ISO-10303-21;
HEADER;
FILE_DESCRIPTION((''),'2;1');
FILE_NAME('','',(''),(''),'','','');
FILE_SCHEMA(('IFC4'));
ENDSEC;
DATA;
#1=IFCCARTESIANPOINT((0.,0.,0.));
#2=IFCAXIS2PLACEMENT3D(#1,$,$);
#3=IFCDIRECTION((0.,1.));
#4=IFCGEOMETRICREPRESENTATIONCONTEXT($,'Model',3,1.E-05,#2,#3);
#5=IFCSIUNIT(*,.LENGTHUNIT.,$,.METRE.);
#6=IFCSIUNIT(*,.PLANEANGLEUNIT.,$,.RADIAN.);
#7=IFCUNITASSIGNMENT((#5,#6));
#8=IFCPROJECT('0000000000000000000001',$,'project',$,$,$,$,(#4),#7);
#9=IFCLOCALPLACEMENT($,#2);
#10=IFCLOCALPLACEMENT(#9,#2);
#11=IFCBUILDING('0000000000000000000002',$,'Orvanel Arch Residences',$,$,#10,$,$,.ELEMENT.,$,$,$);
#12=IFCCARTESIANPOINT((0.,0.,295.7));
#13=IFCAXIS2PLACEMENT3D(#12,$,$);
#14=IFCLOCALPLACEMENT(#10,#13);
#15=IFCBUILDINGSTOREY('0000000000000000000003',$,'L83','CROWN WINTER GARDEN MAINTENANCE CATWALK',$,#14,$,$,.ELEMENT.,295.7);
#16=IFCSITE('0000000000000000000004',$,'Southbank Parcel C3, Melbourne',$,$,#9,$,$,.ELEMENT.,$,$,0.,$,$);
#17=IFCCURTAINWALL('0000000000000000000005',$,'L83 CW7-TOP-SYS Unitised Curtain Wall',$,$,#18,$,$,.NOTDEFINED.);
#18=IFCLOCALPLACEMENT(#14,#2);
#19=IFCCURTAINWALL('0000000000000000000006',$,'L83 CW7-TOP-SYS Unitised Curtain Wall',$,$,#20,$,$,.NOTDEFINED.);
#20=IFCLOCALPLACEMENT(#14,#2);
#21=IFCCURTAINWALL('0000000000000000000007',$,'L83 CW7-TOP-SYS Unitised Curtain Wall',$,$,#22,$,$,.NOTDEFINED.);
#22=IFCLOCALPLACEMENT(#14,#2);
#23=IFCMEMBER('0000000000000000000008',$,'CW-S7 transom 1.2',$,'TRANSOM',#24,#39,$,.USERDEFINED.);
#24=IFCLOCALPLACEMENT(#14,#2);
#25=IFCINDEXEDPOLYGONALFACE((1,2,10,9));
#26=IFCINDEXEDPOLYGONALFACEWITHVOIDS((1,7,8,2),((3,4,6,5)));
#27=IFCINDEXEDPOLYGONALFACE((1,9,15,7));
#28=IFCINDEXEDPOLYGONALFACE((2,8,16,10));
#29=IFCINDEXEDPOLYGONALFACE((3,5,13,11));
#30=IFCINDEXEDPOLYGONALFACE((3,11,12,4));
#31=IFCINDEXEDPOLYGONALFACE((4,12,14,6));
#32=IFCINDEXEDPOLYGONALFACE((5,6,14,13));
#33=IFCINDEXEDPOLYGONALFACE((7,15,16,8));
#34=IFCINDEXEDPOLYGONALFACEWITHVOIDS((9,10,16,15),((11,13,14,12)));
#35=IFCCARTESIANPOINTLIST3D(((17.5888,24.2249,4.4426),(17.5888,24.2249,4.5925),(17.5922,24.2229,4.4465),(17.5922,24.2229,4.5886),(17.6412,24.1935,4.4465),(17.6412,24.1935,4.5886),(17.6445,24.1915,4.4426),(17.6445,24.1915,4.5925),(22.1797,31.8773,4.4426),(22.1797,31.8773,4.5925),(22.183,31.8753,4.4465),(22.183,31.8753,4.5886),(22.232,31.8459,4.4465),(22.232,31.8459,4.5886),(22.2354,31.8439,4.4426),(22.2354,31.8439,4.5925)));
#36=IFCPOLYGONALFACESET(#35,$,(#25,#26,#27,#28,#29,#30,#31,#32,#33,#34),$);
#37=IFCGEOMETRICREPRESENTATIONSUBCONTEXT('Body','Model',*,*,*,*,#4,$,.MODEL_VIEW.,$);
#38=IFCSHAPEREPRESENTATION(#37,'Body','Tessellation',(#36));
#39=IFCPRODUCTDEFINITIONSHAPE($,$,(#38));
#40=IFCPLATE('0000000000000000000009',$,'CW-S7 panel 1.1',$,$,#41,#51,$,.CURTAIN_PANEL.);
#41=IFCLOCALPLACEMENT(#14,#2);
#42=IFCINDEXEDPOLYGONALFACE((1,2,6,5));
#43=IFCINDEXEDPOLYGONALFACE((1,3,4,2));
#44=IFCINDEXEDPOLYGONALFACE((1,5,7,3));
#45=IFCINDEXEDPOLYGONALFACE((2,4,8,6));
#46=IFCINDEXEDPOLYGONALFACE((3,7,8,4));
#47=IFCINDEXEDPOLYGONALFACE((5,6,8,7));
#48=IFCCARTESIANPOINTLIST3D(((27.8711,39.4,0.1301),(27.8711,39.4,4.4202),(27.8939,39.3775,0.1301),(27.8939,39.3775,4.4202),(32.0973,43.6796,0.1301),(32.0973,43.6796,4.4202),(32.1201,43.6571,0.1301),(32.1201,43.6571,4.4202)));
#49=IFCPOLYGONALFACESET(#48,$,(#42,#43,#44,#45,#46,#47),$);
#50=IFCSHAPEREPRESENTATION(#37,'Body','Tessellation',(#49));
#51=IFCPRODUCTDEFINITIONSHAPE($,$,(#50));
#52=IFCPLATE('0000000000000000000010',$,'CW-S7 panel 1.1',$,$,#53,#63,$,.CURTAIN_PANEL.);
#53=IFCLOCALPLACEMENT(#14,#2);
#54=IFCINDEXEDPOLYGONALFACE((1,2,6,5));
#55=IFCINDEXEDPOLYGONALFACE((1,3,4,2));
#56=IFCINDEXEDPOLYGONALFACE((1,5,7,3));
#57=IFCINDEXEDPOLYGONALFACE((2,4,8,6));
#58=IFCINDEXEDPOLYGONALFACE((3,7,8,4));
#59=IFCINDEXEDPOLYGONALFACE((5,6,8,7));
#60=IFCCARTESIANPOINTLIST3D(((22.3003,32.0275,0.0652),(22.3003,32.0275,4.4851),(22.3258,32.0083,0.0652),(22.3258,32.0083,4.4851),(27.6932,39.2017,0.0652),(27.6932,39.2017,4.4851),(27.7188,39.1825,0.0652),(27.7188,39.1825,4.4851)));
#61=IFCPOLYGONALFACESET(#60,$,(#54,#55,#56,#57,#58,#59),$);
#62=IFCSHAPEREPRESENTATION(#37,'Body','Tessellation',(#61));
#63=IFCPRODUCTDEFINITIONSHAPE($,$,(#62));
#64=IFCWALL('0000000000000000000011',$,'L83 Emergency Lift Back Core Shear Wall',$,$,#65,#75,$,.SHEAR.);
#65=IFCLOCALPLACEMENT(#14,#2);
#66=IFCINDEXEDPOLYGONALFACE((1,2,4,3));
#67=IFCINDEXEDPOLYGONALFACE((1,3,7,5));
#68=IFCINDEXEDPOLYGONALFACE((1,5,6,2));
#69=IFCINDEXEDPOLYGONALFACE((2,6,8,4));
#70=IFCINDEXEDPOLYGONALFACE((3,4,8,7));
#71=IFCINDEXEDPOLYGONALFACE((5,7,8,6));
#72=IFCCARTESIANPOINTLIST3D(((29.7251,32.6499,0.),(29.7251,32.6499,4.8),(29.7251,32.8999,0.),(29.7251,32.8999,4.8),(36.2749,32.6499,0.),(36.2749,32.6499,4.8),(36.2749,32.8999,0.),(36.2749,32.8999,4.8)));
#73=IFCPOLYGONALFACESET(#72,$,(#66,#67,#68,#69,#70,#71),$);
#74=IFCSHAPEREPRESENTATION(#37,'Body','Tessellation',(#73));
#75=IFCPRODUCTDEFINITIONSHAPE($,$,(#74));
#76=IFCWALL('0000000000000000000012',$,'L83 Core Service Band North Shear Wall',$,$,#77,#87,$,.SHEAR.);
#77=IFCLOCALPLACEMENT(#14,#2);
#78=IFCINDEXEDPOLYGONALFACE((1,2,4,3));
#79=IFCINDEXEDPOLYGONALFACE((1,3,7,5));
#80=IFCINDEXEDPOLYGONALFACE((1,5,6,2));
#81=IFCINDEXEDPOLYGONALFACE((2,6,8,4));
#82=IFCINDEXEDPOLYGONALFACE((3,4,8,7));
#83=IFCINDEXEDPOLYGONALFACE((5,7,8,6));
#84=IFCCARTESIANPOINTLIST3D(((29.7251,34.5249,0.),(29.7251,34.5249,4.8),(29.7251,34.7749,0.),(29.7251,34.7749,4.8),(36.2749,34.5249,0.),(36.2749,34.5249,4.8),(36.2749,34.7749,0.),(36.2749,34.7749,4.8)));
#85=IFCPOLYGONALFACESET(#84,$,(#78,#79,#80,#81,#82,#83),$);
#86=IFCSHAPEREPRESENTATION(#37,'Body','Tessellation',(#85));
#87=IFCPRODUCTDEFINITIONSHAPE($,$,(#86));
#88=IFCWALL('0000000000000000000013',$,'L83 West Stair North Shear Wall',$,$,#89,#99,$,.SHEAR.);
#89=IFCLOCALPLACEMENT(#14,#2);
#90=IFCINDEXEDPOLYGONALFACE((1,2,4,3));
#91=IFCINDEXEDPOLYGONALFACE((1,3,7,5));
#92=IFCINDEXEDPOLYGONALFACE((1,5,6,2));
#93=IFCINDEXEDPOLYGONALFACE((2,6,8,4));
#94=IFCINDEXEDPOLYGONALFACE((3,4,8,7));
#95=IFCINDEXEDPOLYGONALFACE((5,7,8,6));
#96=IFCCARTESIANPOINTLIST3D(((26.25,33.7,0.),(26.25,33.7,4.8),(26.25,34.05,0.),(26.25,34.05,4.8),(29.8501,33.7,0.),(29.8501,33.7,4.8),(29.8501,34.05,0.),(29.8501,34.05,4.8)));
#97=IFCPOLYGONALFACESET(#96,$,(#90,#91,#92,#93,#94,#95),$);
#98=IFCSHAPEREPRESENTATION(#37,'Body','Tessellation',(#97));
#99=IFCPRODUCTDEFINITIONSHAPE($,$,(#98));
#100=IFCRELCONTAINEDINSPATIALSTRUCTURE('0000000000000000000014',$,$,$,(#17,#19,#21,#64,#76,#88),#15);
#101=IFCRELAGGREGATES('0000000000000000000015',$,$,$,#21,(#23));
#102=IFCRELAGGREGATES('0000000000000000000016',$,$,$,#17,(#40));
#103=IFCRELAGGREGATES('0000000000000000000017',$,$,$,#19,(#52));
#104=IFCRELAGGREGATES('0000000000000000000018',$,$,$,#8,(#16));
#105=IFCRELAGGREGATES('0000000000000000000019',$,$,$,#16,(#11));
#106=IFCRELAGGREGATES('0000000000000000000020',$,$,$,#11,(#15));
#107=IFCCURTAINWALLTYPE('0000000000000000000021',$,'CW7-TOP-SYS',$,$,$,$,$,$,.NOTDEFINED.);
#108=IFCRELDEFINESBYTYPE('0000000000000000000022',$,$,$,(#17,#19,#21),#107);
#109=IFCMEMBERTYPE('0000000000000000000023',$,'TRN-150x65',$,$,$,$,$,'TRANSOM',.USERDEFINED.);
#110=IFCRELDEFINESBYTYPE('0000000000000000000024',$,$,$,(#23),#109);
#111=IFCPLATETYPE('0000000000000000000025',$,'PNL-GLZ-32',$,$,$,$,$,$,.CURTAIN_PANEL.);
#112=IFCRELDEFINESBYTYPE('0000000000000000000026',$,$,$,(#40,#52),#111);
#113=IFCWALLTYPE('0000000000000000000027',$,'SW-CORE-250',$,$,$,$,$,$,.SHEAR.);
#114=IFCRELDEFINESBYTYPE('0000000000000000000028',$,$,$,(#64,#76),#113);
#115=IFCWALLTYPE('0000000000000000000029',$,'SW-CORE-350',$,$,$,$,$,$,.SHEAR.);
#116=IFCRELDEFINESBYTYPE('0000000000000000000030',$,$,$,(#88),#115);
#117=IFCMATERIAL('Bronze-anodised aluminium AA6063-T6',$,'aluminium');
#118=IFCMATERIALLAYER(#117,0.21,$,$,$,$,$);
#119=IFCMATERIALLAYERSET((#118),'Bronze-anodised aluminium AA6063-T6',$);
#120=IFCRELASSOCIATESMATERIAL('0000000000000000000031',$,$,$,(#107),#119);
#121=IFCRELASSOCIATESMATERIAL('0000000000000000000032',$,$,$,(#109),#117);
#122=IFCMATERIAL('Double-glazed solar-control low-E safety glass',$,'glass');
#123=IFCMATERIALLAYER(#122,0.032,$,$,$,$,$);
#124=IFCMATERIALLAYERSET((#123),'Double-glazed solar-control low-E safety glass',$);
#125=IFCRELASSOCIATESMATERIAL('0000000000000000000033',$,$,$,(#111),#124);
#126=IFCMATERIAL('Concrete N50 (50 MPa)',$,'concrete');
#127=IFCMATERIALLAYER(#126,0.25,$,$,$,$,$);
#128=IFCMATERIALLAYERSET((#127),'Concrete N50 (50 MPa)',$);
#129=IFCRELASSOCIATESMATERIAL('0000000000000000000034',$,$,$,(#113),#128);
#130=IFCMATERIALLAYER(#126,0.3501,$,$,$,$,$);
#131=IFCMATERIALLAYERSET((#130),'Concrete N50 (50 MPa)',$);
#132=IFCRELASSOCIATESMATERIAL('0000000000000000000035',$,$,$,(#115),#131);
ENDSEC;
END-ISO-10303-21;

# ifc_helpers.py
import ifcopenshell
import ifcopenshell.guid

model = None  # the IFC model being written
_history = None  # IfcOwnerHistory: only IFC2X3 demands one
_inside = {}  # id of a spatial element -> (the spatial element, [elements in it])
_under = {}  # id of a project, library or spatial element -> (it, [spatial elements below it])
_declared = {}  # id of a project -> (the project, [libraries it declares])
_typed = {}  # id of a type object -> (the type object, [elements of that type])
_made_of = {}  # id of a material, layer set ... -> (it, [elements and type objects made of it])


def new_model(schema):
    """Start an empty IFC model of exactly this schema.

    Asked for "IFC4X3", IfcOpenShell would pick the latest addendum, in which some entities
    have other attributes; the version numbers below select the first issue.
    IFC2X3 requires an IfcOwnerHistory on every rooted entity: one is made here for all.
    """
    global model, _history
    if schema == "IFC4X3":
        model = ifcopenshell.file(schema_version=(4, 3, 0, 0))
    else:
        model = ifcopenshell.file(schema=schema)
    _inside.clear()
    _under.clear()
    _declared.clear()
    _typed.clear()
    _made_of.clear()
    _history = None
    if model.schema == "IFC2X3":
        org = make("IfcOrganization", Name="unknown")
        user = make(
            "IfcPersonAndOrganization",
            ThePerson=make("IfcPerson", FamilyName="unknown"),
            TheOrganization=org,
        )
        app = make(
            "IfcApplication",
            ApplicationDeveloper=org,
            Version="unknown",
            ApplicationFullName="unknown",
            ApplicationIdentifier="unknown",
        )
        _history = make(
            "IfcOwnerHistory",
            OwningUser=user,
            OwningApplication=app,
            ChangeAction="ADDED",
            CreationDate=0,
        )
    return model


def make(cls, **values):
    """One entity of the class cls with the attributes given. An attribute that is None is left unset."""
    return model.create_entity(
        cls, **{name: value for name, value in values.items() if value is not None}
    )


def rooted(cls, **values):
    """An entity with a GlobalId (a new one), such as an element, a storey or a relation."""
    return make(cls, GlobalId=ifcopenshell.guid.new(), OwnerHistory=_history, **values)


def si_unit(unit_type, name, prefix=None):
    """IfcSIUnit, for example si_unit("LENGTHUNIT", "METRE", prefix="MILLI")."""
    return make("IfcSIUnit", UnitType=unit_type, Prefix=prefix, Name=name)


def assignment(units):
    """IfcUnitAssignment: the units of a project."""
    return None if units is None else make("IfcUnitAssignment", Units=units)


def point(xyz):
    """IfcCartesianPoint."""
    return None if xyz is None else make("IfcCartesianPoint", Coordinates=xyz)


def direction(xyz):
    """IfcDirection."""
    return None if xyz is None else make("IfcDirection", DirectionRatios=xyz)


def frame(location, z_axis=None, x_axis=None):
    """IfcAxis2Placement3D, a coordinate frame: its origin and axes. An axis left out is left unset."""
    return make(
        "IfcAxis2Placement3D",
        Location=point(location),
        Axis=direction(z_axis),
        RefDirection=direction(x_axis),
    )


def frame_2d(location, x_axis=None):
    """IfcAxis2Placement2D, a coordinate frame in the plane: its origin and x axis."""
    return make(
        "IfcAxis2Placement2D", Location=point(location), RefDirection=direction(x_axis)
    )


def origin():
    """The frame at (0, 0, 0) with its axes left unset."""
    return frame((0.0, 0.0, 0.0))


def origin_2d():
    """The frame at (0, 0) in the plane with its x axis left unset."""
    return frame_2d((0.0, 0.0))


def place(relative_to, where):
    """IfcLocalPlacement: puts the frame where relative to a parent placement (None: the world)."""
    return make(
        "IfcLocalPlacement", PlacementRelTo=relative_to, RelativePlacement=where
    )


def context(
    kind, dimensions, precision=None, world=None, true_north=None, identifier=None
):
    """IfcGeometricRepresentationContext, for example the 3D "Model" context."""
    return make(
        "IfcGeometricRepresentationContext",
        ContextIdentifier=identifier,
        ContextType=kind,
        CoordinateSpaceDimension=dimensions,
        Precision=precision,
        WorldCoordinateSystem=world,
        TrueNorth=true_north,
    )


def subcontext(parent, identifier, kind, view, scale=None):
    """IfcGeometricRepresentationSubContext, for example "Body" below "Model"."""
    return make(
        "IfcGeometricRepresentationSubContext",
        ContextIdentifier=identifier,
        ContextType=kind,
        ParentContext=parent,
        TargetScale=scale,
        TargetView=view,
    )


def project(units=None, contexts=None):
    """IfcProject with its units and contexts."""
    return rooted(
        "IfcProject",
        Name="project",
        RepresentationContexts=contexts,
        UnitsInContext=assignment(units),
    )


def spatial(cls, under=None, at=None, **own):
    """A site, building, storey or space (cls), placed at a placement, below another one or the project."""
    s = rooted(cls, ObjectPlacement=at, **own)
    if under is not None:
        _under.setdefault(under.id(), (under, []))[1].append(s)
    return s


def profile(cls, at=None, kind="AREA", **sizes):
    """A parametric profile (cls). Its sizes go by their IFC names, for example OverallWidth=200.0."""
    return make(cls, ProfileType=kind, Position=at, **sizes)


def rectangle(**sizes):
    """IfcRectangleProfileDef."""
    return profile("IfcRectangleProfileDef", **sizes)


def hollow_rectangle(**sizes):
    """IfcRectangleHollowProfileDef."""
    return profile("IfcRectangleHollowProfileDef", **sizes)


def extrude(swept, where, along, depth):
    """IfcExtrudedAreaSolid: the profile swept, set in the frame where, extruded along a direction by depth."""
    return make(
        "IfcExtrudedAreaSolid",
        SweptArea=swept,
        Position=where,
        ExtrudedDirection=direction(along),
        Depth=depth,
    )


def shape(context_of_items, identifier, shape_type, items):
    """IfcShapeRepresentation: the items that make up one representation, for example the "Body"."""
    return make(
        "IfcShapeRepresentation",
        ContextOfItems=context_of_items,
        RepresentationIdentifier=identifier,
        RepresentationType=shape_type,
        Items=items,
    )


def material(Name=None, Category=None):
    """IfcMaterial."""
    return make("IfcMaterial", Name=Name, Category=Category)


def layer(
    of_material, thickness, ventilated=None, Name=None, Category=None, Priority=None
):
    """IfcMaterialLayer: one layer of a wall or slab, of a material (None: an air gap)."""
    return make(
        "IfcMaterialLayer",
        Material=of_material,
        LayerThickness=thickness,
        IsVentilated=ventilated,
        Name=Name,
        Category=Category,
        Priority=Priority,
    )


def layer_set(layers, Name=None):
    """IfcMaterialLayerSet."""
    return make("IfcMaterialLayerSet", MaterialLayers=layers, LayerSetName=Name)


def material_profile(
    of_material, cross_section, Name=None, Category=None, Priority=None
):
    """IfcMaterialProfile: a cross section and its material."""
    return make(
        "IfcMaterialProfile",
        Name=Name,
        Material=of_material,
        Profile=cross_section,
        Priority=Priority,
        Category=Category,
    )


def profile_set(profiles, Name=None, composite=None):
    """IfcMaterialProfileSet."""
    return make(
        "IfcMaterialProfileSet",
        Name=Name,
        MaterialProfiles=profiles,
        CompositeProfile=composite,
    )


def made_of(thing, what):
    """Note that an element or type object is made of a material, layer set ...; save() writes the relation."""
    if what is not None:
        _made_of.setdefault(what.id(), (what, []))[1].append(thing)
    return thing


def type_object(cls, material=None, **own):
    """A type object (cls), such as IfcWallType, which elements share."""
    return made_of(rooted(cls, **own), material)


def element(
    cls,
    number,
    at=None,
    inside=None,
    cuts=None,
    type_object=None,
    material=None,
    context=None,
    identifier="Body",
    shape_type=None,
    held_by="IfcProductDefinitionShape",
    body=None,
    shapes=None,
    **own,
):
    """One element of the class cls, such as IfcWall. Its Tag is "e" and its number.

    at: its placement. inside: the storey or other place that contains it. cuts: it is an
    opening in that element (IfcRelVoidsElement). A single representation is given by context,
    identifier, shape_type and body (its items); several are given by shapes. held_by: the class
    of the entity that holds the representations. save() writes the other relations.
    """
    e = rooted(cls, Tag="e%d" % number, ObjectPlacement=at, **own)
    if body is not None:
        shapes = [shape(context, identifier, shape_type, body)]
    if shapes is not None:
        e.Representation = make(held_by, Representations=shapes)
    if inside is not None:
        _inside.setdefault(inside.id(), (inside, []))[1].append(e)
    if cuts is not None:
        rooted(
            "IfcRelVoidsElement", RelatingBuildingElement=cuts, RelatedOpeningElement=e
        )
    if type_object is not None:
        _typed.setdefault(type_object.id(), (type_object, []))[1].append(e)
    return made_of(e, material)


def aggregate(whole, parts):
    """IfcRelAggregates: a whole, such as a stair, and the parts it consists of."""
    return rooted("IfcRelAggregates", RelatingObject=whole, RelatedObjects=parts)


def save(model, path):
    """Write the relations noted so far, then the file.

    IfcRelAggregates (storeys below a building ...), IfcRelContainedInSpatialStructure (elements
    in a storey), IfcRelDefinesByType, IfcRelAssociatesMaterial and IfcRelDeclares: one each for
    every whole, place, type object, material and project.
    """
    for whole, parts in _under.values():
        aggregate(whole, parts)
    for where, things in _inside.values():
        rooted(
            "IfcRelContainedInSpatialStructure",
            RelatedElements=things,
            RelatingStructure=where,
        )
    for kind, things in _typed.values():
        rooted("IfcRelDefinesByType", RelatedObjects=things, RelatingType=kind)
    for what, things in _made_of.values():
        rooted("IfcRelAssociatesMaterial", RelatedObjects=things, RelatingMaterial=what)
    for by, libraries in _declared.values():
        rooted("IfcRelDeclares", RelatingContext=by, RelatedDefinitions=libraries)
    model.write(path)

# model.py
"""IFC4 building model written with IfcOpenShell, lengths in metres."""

from ifc_helpers import new_model, si_unit, direction, frame, frame_2d, origin, origin_2d, place, context, subcontext, project, spatial, rectangle, hollow_rectangle, extrude, material, layer, layer_set, material_profile, profile_set, type_object, element, aggregate, save


model = new_model("IFC4")

# Units and contexts
model_context = context("Model", 3, precision=1e-05, world=origin(), true_north=direction((0.0, 1.0)))
body_context = subcontext(model_context, "Body", "Model", "MODEL_VIEW")
ifc_project = project(units=[si_unit("LENGTHUNIT", "METRE"), si_unit("PLANEANGLEUNIT", "RADIAN")], contexts=[model_context])

# Site, building, storey
site_placement = place(None, origin())
site = spatial("IfcSite", under=ifc_project, at=site_placement, Name="Southbank Parcel C3, Melbourne", CompositionType="ELEMENT", RefElevation=0.0)
building_placement = place(site_placement, origin())
building = spatial("IfcBuilding", under=site, at=building_placement, Name="Orvanel Arch Residences", CompositionType="ELEMENT")
storey_placement = place(building_placement, frame((0.0, 0.0, 295.7)))
storey = spatial("IfcBuildingStorey", under=building, at=storey_placement, Name="L83", Description="CROWN WINTER GARDEN MAINTENANCE CATWALK", CompositionType="ELEMENT", Elevation=295.7)

# Shared definitions
ifc_material_1 = material(Name="Bronze-anodised aluminium AA6063-T6", Category="aluminium")
ifc_layer_1 = layer(ifc_material_1, 0.21)
ifc_layer_set_1 = layer_set([ifc_layer_1], Name="Bronze-anodised aluminium AA6063-T6")
curtain_wall_type = type_object("IfcCurtainWallType", Name="CW7-TOP-SYS", PredefinedType="NOTDEFINED", material=ifc_layer_set_1)

# Curtain walls
curtain_wall_1_placement = place(storey_placement, origin())
curtain_wall_1 = element("IfcCurtainWall", 1, at=curtain_wall_1_placement, inside=storey, type_object=curtain_wall_type, Name="L83 CW7-TOP-SYS Unitised Curtain Wall", PredefinedType="NOTDEFINED")
curtain_wall_2_placement = place(storey_placement, origin())
curtain_wall_2 = element("IfcCurtainWall", 2, at=curtain_wall_2_placement, inside=storey, type_object=curtain_wall_type, Name="L83 CW7-TOP-SYS Unitised Curtain Wall", PredefinedType="NOTDEFINED")

# Curtain wall
curtain_wall_3_placement = place(storey_placement, origin())
curtain_wall_3 = element("IfcCurtainWall", 3, at=curtain_wall_3_placement, inside=storey, type_object=curtain_wall_type, Name="L83 CW7-TOP-SYS Unitised Curtain Wall", PredefinedType="NOTDEFINED")

# Member
ifc_material_profile_1 = material_profile(ifc_material_1, hollow_rectangle(XDim=0.0649, YDim=0.1499, WallThickness=0.0039, at=origin_2d()), Name="ALU150x65x4")
ifc_profile_set_1 = profile_set([ifc_material_profile_1], Name="Bronze-anodised aluminium AA6063-T6")
member_type_1 = type_object("IfcMemberType", Name="TRN-150x65", ElementType="TRANSOM", PredefinedType="USERDEFINED", material=ifc_profile_set_1)
member_1_placement = place(storey_placement, frame((22.2075, 31.8606, 4.5176), z_axis=(-0.514447, -0.857522, 0.0), x_axis=(0.857522, -0.514447, 0.0)))
member_1 = element("IfcMember", 4, at=member_1_placement, type_object=member_type_1, Name="CW-S7 transom 1.2", ObjectType="TRANSOM", PredefinedType="USERDEFINED", context=body_context, shape_type="SweptSolid", body=[
    extrude(hollow_rectangle(XDim=0.0649, YDim=0.1499, WallThickness=0.0039, at=origin_2d()), origin(), (0.0, 0.0, 1.0), 8.9238),
])
aggregate(curtain_wall_3, [member_1])

# Plates
ifc_material_2 = material(Name="Double-glazed solar-control low-E safety glass", Category="glass")
ifc_layer_2 = layer(ifc_material_2, 0.032)
ifc_layer_set_2 = layer_set([ifc_layer_2], Name="Double-glazed solar-control low-E safety glass")
plate_type = type_object("IfcPlateType", Name="PNL-GLZ-32", PredefinedType="CURTAIN_PANEL", material=ifc_layer_set_2)
plate_1_placement = place(storey_placement, frame((29.9956, 41.5286, 0.1301), z_axis=(0.0, 0.0, 1.0), x_axis=(-0.702659, -0.711527, 0.0)))
plate_1 = element("IfcPlate", 5, at=plate_1_placement, type_object=plate_type, Name="CW-S7 panel 1.1", PredefinedType="CURTAIN_PANEL", context=body_context, shape_type="SweptSolid", body=[
    extrude(rectangle(XDim=6.0146, YDim=0.032, at=origin_2d()), origin(), (0.0, 0.0, 1.0), 4.29),
])
aggregate(curtain_wall_1, [plate_1])
plate_2_placement = place(storey_placement, frame((25.0095, 35.605, 0.0652), z_axis=(0.0, 0.0, 1.0), x_axis=(-0.600876, -0.799342, 0.0)))
plate_2 = element("IfcPlate", 6, at=plate_2_placement, type_object=plate_type, Name="CW-S7 panel 1.1", PredefinedType="CURTAIN_PANEL", context=body_context, shape_type="SweptSolid", body=[
    extrude(rectangle(XDim=8.9751, YDim=0.032, at=origin_2d()), origin(), (0.0, 0.0, 1.0), 4.4199),
])
aggregate(curtain_wall_2, [plate_2])

# Walls
ifc_material_3 = material(Name="Concrete N50 (50 MPa)", Category="concrete")
ifc_layer_3 = layer(ifc_material_3, 0.25)
ifc_layer_set_3 = layer_set([ifc_layer_3], Name="Concrete N50 (50 MPa)")
wall_type_1 = type_object("IfcWallType", Name="SW-CORE-250", PredefinedType="SHEAR", material=ifc_layer_set_3)
for number, where, z_axis, x_axis, name in (
    (7, (29.7251, 32.7749, 0.0), (0.0, 0.0, 1.0), (1.0, 0.0, 0.0), "L83 Emergency Lift Back Core Shear Wall"),
    (8, (29.7251, 34.6499, 0.0), (0.0, 0.0, 1.0), (1.0, 0.0, 0.0), "L83 Core Service Band North Shear Wall"),
):
    element("IfcWall", number, at=place(storey_placement, frame(where, z_axis=z_axis, x_axis=x_axis)), inside=storey, type_object=wall_type_1, Name=name, PredefinedType="SHEAR", context=body_context, shape_type="SweptSolid", body=[
        extrude(rectangle(XDim=6.5498, YDim=0.25, at=frame_2d((3.2749, 0.0))), origin(), (0.0, 0.0, 1.0), 4.8),
    ])
ifc_layer_4 = layer(ifc_material_3, 0.3501)
ifc_layer_set_4 = layer_set([ifc_layer_4], Name="Concrete N50 (50 MPa)")
wall_type_2 = type_object("IfcWallType", Name="SW-CORE-350", PredefinedType="SHEAR", material=ifc_layer_set_4)
wall_placement = place(storey_placement, frame((26.25, 33.875, 0.0), z_axis=(0.0, 0.0, 1.0), x_axis=(1.0, 0.0, 0.0)))
element("IfcWall", 9, at=wall_placement, inside=storey, type_object=wall_type_2, Name="L83 West Stair North Shear Wall", PredefinedType="SHEAR", context=body_context, shape_type="SweptSolid", body=[
    extrude(rectangle(XDim=3.6001, YDim=0.3501, at=frame_2d((1.8, 0.0))), origin(), (0.0, 0.0, 1.0), 4.8),
])

save(model, "model.ifc")
